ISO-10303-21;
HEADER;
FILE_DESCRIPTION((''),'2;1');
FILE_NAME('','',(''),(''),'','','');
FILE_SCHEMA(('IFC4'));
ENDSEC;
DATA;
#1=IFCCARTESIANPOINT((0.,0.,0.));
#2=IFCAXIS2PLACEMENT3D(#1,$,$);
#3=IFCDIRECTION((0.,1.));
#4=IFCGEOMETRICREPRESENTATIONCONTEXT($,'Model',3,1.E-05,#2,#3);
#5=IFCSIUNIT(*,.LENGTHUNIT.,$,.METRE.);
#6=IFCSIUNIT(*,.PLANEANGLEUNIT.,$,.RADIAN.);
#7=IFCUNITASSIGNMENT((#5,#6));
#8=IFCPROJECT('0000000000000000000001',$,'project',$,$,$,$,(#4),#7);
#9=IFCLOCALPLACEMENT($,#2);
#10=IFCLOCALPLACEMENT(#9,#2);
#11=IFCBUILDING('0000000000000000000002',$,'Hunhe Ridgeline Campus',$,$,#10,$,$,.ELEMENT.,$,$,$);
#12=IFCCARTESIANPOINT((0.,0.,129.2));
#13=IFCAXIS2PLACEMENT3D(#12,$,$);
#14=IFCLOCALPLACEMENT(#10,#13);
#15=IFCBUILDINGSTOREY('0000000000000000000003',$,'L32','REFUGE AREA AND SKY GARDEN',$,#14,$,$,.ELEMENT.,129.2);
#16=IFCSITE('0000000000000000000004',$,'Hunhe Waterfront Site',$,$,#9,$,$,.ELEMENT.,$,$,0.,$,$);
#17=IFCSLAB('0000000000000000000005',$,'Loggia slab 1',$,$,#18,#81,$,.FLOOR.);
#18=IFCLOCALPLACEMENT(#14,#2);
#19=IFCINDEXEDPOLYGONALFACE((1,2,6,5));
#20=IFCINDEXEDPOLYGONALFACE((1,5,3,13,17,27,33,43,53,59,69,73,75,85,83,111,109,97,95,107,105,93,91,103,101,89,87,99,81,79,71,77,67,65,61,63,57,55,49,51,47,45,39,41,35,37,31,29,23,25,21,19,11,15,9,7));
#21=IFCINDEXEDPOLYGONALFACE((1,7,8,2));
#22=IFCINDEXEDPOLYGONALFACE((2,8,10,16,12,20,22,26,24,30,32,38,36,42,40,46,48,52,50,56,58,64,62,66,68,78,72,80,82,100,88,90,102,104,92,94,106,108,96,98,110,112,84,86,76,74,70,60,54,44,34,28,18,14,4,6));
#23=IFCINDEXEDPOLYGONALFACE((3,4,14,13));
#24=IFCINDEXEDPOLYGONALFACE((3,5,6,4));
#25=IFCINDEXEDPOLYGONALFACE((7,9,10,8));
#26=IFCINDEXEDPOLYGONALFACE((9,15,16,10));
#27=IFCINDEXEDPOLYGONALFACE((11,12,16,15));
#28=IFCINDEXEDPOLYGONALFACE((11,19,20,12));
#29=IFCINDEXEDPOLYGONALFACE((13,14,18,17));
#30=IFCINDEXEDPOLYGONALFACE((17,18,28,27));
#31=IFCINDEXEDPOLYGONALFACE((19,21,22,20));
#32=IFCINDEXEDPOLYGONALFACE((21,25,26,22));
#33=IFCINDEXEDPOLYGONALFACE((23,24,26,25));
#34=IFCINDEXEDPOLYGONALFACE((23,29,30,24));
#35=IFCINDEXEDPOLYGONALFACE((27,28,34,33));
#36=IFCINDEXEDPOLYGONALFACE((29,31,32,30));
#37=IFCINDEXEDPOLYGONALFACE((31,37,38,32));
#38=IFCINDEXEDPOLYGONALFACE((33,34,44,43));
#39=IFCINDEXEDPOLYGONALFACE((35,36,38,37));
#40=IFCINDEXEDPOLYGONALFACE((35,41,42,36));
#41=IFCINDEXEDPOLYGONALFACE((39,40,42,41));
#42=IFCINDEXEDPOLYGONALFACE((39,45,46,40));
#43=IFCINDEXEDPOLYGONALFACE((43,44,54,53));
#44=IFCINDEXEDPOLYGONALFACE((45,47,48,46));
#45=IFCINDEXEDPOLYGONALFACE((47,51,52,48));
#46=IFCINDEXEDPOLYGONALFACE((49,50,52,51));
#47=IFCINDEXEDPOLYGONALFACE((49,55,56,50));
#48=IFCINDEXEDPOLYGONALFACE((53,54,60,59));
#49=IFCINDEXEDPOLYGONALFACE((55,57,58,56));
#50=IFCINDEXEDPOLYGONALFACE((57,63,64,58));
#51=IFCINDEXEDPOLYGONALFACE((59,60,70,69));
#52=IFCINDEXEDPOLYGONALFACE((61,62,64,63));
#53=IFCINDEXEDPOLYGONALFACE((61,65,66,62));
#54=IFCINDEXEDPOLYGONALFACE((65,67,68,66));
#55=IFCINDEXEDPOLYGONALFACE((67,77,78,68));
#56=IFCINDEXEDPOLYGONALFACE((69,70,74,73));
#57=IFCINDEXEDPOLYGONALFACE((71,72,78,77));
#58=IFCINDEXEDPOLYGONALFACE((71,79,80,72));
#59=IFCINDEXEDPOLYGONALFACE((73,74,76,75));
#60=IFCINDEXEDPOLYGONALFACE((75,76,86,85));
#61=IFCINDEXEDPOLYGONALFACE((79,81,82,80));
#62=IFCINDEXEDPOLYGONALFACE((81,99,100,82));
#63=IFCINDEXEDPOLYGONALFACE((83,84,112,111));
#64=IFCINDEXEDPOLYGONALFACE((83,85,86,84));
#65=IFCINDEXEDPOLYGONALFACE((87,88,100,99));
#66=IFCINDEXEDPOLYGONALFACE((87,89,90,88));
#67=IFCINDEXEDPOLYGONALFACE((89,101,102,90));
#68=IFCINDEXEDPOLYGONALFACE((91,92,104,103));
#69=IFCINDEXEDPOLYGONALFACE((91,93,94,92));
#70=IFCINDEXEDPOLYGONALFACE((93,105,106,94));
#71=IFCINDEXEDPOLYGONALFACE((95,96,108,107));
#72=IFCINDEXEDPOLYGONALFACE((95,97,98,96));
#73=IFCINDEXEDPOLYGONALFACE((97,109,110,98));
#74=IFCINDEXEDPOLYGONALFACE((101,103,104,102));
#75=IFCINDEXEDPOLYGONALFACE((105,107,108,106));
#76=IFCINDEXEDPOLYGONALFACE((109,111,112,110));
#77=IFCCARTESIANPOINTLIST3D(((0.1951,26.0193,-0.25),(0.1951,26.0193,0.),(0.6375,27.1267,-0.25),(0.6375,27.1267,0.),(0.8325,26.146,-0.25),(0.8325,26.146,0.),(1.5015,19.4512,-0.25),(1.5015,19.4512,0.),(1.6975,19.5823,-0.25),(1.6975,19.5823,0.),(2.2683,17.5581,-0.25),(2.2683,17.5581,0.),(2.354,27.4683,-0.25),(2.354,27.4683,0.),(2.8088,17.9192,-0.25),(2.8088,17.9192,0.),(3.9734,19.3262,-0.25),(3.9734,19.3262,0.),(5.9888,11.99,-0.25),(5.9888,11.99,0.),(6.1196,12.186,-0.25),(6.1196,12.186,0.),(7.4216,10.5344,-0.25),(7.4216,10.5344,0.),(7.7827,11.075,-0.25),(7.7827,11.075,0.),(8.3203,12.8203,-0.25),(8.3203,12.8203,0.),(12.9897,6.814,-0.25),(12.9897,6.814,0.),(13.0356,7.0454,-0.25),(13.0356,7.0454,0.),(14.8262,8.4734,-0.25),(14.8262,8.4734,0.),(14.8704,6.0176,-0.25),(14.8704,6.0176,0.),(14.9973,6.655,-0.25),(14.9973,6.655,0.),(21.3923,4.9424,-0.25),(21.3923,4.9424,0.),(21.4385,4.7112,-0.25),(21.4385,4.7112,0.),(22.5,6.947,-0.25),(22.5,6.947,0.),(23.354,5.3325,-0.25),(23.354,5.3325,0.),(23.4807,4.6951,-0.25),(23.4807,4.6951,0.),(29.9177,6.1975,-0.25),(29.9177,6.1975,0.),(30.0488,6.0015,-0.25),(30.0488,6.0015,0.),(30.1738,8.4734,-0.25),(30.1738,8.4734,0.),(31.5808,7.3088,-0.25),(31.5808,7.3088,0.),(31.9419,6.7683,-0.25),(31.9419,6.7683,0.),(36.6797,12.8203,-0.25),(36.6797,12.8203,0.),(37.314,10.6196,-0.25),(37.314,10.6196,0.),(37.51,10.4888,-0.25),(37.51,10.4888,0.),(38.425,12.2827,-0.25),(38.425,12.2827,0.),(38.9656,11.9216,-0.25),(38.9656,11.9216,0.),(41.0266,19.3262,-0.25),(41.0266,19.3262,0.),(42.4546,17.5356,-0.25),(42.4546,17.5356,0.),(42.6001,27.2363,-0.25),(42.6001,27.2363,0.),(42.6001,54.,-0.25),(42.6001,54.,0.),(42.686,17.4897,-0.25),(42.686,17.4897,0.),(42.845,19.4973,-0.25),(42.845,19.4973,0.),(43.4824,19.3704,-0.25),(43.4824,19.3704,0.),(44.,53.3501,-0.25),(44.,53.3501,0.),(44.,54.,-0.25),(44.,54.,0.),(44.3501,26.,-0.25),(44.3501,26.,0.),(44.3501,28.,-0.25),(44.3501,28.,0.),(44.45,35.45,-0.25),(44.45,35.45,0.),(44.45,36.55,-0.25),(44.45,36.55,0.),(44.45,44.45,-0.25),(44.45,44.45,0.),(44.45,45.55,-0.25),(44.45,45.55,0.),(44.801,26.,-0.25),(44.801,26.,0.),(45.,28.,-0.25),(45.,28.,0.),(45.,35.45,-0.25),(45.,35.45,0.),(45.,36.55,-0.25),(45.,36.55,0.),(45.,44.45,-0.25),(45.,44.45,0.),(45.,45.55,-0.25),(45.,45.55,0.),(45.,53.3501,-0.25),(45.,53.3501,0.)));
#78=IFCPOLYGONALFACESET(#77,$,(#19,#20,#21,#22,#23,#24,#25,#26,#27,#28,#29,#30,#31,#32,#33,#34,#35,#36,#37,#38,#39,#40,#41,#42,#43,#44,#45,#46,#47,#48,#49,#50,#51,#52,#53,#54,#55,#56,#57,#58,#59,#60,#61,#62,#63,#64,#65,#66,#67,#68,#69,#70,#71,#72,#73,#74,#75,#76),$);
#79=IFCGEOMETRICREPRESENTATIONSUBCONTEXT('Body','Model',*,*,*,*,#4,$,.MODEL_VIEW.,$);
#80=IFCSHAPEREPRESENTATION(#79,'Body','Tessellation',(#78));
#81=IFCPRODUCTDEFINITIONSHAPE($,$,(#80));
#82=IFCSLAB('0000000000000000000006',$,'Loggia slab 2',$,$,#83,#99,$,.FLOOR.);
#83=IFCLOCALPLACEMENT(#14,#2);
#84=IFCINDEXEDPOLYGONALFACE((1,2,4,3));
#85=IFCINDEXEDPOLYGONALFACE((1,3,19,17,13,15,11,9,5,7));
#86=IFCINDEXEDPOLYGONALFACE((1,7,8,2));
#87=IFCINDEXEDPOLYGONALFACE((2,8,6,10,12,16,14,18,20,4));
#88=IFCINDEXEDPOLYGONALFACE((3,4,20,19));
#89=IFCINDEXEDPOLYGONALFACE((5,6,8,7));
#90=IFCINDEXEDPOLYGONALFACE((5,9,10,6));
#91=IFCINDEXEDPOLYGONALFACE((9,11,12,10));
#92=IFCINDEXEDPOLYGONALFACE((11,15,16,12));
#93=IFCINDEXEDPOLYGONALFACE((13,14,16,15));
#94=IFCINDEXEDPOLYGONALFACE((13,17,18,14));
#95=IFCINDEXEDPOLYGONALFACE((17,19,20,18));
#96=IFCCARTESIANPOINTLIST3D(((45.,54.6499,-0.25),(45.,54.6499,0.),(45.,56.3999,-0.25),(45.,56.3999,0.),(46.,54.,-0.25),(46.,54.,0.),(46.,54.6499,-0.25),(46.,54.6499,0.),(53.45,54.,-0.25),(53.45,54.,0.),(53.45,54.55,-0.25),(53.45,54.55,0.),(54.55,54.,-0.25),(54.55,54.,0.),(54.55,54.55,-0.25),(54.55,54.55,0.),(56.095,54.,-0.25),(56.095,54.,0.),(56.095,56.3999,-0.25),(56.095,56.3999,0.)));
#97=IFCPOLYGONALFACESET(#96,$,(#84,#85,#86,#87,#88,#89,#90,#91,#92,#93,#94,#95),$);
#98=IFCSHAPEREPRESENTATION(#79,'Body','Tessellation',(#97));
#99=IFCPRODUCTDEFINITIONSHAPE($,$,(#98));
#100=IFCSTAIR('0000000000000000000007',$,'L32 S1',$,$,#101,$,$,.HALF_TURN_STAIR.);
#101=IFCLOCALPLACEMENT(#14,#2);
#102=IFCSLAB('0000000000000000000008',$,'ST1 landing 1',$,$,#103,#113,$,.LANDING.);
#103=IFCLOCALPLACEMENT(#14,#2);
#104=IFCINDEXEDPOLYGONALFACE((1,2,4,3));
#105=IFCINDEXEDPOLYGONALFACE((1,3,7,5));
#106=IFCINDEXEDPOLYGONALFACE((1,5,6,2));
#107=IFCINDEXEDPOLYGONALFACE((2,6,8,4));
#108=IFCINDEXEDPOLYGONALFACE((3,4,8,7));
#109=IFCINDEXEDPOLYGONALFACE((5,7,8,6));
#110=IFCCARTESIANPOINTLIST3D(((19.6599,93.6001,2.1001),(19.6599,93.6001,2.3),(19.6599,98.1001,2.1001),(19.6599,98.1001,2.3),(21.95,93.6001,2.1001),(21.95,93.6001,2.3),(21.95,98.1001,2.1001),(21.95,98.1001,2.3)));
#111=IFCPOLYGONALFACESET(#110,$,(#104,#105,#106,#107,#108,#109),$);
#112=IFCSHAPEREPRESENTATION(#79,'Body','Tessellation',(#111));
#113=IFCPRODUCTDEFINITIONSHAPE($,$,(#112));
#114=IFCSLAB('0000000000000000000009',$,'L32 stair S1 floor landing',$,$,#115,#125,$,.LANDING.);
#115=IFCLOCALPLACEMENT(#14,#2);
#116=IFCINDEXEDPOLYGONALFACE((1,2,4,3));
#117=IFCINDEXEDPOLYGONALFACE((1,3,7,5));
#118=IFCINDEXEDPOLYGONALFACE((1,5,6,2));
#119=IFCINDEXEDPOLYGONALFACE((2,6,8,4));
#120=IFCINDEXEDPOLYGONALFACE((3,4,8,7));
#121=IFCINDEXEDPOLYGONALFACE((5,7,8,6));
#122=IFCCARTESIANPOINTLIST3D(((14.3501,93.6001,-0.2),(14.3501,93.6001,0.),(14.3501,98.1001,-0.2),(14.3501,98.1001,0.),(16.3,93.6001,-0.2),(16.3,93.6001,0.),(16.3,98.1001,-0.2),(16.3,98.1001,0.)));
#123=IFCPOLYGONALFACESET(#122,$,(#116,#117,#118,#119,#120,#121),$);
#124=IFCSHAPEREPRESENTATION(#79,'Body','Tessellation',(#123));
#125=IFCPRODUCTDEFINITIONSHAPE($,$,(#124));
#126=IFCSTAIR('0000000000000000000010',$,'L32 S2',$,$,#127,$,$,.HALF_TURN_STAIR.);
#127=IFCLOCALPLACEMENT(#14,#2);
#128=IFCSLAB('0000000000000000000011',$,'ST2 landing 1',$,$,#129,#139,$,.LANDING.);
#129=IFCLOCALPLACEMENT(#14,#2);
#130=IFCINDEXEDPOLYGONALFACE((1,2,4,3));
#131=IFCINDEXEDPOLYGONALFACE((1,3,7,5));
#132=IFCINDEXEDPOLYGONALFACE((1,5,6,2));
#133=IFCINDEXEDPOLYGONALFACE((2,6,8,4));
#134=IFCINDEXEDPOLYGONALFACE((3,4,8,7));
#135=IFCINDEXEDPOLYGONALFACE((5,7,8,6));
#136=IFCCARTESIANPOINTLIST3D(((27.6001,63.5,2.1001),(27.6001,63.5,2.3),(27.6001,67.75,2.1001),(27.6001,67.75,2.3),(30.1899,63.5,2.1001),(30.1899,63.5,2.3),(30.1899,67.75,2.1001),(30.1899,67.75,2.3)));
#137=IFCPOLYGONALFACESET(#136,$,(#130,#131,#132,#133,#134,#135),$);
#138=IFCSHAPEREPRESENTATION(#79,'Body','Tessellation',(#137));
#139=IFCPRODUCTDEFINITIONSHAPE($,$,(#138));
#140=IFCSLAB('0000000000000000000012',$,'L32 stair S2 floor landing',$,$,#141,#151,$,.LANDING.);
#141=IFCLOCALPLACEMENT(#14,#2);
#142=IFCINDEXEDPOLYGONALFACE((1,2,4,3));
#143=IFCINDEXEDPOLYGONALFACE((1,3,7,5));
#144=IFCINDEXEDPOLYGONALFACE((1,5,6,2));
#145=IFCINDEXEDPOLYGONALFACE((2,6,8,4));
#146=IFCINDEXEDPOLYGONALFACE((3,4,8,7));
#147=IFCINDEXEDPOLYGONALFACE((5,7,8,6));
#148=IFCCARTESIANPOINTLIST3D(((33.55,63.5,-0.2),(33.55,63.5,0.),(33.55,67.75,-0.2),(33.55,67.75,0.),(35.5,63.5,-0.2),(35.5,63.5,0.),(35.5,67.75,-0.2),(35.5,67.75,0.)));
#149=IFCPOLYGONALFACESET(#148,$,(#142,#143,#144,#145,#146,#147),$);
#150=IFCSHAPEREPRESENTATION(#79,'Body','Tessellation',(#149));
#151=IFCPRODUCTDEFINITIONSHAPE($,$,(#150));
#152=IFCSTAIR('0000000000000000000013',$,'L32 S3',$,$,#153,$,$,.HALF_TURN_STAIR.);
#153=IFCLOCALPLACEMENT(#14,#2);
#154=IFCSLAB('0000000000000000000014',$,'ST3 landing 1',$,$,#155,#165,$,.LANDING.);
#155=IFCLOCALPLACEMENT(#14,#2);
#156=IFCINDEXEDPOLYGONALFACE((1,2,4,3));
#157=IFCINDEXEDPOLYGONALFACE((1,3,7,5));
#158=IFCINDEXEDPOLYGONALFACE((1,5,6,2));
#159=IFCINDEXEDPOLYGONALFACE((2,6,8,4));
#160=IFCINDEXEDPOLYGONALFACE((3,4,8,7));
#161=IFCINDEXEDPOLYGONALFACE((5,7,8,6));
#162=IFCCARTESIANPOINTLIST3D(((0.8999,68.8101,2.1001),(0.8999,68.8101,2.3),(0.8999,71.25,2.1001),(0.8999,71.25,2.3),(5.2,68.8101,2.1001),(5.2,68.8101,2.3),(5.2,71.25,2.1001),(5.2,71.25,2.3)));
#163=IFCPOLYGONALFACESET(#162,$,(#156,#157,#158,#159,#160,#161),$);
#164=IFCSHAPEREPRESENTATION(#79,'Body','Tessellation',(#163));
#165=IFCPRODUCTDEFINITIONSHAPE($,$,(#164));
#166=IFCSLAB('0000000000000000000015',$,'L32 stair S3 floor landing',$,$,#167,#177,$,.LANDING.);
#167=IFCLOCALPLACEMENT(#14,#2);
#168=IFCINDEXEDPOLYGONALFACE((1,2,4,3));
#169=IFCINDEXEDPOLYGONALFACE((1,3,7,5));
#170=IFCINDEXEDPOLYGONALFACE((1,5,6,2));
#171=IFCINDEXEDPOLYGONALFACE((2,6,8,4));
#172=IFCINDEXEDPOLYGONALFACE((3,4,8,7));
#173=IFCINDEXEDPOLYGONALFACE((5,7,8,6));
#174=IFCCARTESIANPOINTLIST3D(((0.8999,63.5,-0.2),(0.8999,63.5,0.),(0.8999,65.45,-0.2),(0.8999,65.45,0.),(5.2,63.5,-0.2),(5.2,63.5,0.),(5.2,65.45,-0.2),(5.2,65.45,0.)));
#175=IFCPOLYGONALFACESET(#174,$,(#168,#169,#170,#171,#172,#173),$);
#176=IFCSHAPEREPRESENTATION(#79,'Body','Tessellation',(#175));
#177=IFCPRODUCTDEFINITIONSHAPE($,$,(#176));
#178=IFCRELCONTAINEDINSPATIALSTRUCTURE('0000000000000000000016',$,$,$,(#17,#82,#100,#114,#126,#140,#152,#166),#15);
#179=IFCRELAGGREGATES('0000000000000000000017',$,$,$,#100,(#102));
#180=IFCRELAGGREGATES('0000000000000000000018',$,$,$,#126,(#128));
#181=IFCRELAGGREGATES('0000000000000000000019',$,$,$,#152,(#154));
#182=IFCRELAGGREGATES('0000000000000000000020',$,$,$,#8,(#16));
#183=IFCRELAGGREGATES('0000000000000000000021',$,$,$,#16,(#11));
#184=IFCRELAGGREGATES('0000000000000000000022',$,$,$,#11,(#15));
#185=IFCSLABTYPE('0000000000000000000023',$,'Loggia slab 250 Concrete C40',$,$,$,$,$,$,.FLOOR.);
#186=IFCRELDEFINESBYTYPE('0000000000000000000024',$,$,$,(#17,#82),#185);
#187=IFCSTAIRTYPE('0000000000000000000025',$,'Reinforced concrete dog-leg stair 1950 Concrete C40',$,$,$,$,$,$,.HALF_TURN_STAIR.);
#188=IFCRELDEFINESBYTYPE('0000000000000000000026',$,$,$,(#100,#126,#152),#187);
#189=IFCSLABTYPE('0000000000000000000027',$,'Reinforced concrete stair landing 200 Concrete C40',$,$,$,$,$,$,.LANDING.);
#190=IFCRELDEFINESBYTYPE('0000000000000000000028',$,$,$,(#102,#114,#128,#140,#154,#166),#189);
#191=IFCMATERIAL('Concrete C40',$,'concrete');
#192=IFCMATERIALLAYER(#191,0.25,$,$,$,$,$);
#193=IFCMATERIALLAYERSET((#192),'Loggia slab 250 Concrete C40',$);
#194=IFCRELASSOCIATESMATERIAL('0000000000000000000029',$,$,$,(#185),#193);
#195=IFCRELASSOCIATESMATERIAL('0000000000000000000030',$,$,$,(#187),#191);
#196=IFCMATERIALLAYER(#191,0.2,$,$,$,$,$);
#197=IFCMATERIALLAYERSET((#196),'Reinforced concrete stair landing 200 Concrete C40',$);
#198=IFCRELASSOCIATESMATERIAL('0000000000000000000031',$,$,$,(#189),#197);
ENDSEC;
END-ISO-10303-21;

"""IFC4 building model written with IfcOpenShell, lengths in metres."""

from ifc_helpers import new_model, si_unit, direction, frame, origin, place, context, subcontext, project, spatial, polyline, outline, extrude, material, layer, layer_set, type_object, element, aggregate, save


model = new_model("IFC4")

# Units and contexts
model_context = context("Model", 3, precision=1e-05, world=origin(), true_north=direction((0.0, 1.0)))
body_context = subcontext(model_context, "Body", "Model", "MODEL_VIEW")
ifc_project = project(units=[si_unit("LENGTHUNIT", "METRE"), si_unit("PLANEANGLEUNIT", "RADIAN")], contexts=[model_context])

# Site, building, storey
site_placement = place(None, origin())
site = spatial("IfcSite", under=ifc_project, at=site_placement, Name="Hunhe Waterfront Site", CompositionType="ELEMENT", RefElevation=0.0)
building_placement = place(site_placement, origin())
building = spatial("IfcBuilding", under=site, at=building_placement, Name="Hunhe Ridgeline Campus", CompositionType="ELEMENT")
storey_placement = place(building_placement, frame((0.0, 0.0, 129.2)))
storey = spatial("IfcBuildingStorey", under=building, at=storey_placement, Name="L32", Description="REFUGE AREA AND SKY GARDEN", CompositionType="ELEMENT", Elevation=129.2)

# Slabs
ifc_material_1 = material(Name="Concrete C40", Category="concrete")
ifc_layer_1 = layer(ifc_material_1, 0.25)
ifc_layer_set_1 = layer_set([ifc_layer_1], Name="Loggia slab 250 Concrete C40")
slab_type_1 = type_object("IfcSlabType", Name="Loggia slab 250 Concrete C40", PredefinedType="FLOOR", material=ifc_layer_set_1)
slab_1_placement = place(storey_placement, frame((0.0, 0.0, -0.25)))
element("IfcSlab", 1, at=slab_1_placement, inside=storey, type_object=slab_type_1, Name="Loggia slab 1", PredefinedType="FLOOR", context=body_context, shape_type="SweptSolid", body=[
    extrude(outline(polyline([(36.6797, 12.8203), (30.1738, 8.4734), (22.5, 6.947), (14.8262, 8.4734), (8.3203, 12.8203), (3.9734, 19.3262), (2.354, 27.4683), (0.6375, 27.1267), (0.8325, 26.146), (0.1951, 26.0193), (1.5015, 19.4512), (1.6975, 19.5823), (2.8088, 17.9192), (2.2683, 17.5581), (5.9888, 11.99), (6.1196, 12.186), (7.7827, 11.075), (7.4216, 10.5344), (12.9897, 6.814), (13.0356, 7.0454), (14.9973, 6.655), (14.8704, 6.0176), (21.4385, 4.7112), (21.3923, 4.9424), (23.354, 5.3325), (23.4807, 4.6951), (30.0488, 6.0015), (29.9177, 6.1975), (31.5808, 7.3088), (31.9419, 6.7683), (37.51, 10.4888), (37.314, 10.6196), (38.425, 12.2827), (38.9656, 11.9216), (42.686, 17.4897), (42.4546, 17.5356), (42.845, 19.4973), (43.4824, 19.3704), (44.801, 26.0), (44.3501, 26.0), (44.3501, 28.0), (45.0, 28.0), (45.0, 35.45), (44.45, 35.45), (44.45, 36.55), (45.0, 36.55), (45.0, 44.45), (44.45, 44.45), (44.45, 45.55), (45.0, 45.55), (45.0, 53.3501), (44.0, 53.3501), (44.0, 54.0), (42.6001, 54.0), (42.6001, 27.2363), (41.0266, 19.3262), (36.6797, 12.8203)])), origin(), (0.0, 0.0, 1.0), 0.25),
])
slab_2_placement = place(storey_placement, frame((0.0, 0.0, -0.25)))
element("IfcSlab", 2, at=slab_2_placement, inside=storey, type_object=slab_type_1, Name="Loggia slab 2", PredefinedType="FLOOR", context=body_context, shape_type="SweptSolid", body=[
    extrude(outline(polyline([(45.0, 56.3999), (45.0, 54.6499), (46.0, 54.6499), (46.0, 54.0), (53.45, 54.0), (53.45, 54.55), (54.55, 54.55), (54.55, 54.0), (56.095, 54.0), (56.095, 56.3999), (45.0, 56.3999)])), origin(), (0.0, 0.0, 1.0), 0.25),
])

# Stair, slab
stair_type = type_object("IfcStairType", Name="Reinforced concrete dog-leg stair 1950 Concrete C40", PredefinedType="HALF_TURN_STAIR", material=ifc_material_1)
stair_1_placement = place(storey_placement, origin())
stair_1 = element("IfcStair", 3, at=stair_1_placement, inside=storey, type_object=stair_type, Name="L32 S1", PredefinedType="HALF_TURN_STAIR")
ifc_layer_2 = layer(ifc_material_1, 0.2)
ifc_layer_set_2 = layer_set([ifc_layer_2], Name="Reinforced concrete stair landing 200 Concrete C40")
slab_type_2 = type_object("IfcSlabType", Name="Reinforced concrete stair landing 200 Concrete C40", PredefinedType="LANDING", material=ifc_layer_set_2)
slab_3_placement = place(storey_placement, frame((0.0, 0.0, 2.1001)))
slab_3 = element("IfcSlab", 4, at=slab_3_placement, type_object=slab_type_2, Name="ST1 landing 1", PredefinedType="LANDING", context=body_context, shape_type="SweptSolid", body=[
    extrude(outline(polyline([(19.6599, 93.6001), (21.95, 93.6001), (21.95, 98.1001), (19.6599, 98.1001), (19.6599, 93.6001)])), origin(), (0.0, 0.0, 1.0), 0.2),
])
aggregate(stair_1, [slab_3])

# Slab
slab_4_placement = place(storey_placement, frame((0.0, 0.0, -0.2)))
element("IfcSlab", 5, at=slab_4_placement, inside=storey, type_object=slab_type_2, Name="L32 stair S1 floor landing", PredefinedType="LANDING", context=body_context, shape_type="SweptSolid", body=[
    extrude(outline(polyline([(14.3501, 93.6001), (16.3, 93.6001), (16.3, 98.1001), (14.3501, 98.1001), (14.3501, 93.6001)])), origin(), (0.0, 0.0, 1.0), 0.2),
])

# Stair, slab
stair_2_placement = place(storey_placement, origin())
stair_2 = element("IfcStair", 6, at=stair_2_placement, inside=storey, type_object=stair_type, Name="L32 S2", PredefinedType="HALF_TURN_STAIR")
slab_5_placement = place(storey_placement, frame((0.0, 0.0, 2.1001)))
slab_5 = element("IfcSlab", 7, at=slab_5_placement, type_object=slab_type_2, Name="ST2 landing 1", PredefinedType="LANDING", context=body_context, shape_type="SweptSolid", body=[
    extrude(outline(polyline([(30.1899, 67.75), (27.6001, 67.75), (27.6001, 63.5), (30.1899, 63.5), (30.1899, 67.75)])), origin(), (0.0, 0.0, 1.0), 0.2),
])
aggregate(stair_2, [slab_5])

# Slab
slab_6_placement = place(storey_placement, frame((0.0, 0.0, -0.2)))
element("IfcSlab", 8, at=slab_6_placement, inside=storey, type_object=slab_type_2, Name="L32 stair S2 floor landing", PredefinedType="LANDING", context=body_context, shape_type="SweptSolid", body=[
    extrude(outline(polyline([(35.5, 67.75), (33.55, 67.75), (33.55, 63.5), (35.5, 63.5), (35.5, 67.75)])), origin(), (0.0, 0.0, 1.0), 0.2),
])

# Stair, slab
stair_3_placement = place(storey_placement, origin())
stair_3 = element("IfcStair", 9, at=stair_3_placement, inside=storey, type_object=stair_type, Name="L32 S3", PredefinedType="HALF_TURN_STAIR")
slab_7_placement = place(storey_placement, frame((0.0, 0.0, 2.1001)))
slab_7 = element("IfcSlab", 10, at=slab_7_placement, type_object=slab_type_2, Name="ST3 landing 1", PredefinedType="LANDING", context=body_context, shape_type="SweptSolid", body=[
    extrude(outline(polyline([(5.2, 68.8101), (5.2, 71.25), (0.8999, 71.25), (0.8999, 68.8101), (5.2, 68.8101)])), origin(), (0.0, 0.0, 1.0), 0.2),
])
aggregate(stair_3, [slab_7])

# Slab
slab_8_placement = place(storey_placement, frame((0.0, 0.0, -0.2)))
element("IfcSlab", 11, at=slab_8_placement, inside=storey, type_object=slab_type_2, Name="L32 stair S3 floor landing", PredefinedType="LANDING", context=body_context, shape_type="SweptSolid", body=[
    extrude(outline(polyline([(5.2, 63.5), (5.2, 65.45), (0.8999, 65.45), (0.8999, 63.5), (5.2, 63.5)])), origin(), (0.0, 0.0, 1.0), 0.2),
])

save(model, "model.ifc")
